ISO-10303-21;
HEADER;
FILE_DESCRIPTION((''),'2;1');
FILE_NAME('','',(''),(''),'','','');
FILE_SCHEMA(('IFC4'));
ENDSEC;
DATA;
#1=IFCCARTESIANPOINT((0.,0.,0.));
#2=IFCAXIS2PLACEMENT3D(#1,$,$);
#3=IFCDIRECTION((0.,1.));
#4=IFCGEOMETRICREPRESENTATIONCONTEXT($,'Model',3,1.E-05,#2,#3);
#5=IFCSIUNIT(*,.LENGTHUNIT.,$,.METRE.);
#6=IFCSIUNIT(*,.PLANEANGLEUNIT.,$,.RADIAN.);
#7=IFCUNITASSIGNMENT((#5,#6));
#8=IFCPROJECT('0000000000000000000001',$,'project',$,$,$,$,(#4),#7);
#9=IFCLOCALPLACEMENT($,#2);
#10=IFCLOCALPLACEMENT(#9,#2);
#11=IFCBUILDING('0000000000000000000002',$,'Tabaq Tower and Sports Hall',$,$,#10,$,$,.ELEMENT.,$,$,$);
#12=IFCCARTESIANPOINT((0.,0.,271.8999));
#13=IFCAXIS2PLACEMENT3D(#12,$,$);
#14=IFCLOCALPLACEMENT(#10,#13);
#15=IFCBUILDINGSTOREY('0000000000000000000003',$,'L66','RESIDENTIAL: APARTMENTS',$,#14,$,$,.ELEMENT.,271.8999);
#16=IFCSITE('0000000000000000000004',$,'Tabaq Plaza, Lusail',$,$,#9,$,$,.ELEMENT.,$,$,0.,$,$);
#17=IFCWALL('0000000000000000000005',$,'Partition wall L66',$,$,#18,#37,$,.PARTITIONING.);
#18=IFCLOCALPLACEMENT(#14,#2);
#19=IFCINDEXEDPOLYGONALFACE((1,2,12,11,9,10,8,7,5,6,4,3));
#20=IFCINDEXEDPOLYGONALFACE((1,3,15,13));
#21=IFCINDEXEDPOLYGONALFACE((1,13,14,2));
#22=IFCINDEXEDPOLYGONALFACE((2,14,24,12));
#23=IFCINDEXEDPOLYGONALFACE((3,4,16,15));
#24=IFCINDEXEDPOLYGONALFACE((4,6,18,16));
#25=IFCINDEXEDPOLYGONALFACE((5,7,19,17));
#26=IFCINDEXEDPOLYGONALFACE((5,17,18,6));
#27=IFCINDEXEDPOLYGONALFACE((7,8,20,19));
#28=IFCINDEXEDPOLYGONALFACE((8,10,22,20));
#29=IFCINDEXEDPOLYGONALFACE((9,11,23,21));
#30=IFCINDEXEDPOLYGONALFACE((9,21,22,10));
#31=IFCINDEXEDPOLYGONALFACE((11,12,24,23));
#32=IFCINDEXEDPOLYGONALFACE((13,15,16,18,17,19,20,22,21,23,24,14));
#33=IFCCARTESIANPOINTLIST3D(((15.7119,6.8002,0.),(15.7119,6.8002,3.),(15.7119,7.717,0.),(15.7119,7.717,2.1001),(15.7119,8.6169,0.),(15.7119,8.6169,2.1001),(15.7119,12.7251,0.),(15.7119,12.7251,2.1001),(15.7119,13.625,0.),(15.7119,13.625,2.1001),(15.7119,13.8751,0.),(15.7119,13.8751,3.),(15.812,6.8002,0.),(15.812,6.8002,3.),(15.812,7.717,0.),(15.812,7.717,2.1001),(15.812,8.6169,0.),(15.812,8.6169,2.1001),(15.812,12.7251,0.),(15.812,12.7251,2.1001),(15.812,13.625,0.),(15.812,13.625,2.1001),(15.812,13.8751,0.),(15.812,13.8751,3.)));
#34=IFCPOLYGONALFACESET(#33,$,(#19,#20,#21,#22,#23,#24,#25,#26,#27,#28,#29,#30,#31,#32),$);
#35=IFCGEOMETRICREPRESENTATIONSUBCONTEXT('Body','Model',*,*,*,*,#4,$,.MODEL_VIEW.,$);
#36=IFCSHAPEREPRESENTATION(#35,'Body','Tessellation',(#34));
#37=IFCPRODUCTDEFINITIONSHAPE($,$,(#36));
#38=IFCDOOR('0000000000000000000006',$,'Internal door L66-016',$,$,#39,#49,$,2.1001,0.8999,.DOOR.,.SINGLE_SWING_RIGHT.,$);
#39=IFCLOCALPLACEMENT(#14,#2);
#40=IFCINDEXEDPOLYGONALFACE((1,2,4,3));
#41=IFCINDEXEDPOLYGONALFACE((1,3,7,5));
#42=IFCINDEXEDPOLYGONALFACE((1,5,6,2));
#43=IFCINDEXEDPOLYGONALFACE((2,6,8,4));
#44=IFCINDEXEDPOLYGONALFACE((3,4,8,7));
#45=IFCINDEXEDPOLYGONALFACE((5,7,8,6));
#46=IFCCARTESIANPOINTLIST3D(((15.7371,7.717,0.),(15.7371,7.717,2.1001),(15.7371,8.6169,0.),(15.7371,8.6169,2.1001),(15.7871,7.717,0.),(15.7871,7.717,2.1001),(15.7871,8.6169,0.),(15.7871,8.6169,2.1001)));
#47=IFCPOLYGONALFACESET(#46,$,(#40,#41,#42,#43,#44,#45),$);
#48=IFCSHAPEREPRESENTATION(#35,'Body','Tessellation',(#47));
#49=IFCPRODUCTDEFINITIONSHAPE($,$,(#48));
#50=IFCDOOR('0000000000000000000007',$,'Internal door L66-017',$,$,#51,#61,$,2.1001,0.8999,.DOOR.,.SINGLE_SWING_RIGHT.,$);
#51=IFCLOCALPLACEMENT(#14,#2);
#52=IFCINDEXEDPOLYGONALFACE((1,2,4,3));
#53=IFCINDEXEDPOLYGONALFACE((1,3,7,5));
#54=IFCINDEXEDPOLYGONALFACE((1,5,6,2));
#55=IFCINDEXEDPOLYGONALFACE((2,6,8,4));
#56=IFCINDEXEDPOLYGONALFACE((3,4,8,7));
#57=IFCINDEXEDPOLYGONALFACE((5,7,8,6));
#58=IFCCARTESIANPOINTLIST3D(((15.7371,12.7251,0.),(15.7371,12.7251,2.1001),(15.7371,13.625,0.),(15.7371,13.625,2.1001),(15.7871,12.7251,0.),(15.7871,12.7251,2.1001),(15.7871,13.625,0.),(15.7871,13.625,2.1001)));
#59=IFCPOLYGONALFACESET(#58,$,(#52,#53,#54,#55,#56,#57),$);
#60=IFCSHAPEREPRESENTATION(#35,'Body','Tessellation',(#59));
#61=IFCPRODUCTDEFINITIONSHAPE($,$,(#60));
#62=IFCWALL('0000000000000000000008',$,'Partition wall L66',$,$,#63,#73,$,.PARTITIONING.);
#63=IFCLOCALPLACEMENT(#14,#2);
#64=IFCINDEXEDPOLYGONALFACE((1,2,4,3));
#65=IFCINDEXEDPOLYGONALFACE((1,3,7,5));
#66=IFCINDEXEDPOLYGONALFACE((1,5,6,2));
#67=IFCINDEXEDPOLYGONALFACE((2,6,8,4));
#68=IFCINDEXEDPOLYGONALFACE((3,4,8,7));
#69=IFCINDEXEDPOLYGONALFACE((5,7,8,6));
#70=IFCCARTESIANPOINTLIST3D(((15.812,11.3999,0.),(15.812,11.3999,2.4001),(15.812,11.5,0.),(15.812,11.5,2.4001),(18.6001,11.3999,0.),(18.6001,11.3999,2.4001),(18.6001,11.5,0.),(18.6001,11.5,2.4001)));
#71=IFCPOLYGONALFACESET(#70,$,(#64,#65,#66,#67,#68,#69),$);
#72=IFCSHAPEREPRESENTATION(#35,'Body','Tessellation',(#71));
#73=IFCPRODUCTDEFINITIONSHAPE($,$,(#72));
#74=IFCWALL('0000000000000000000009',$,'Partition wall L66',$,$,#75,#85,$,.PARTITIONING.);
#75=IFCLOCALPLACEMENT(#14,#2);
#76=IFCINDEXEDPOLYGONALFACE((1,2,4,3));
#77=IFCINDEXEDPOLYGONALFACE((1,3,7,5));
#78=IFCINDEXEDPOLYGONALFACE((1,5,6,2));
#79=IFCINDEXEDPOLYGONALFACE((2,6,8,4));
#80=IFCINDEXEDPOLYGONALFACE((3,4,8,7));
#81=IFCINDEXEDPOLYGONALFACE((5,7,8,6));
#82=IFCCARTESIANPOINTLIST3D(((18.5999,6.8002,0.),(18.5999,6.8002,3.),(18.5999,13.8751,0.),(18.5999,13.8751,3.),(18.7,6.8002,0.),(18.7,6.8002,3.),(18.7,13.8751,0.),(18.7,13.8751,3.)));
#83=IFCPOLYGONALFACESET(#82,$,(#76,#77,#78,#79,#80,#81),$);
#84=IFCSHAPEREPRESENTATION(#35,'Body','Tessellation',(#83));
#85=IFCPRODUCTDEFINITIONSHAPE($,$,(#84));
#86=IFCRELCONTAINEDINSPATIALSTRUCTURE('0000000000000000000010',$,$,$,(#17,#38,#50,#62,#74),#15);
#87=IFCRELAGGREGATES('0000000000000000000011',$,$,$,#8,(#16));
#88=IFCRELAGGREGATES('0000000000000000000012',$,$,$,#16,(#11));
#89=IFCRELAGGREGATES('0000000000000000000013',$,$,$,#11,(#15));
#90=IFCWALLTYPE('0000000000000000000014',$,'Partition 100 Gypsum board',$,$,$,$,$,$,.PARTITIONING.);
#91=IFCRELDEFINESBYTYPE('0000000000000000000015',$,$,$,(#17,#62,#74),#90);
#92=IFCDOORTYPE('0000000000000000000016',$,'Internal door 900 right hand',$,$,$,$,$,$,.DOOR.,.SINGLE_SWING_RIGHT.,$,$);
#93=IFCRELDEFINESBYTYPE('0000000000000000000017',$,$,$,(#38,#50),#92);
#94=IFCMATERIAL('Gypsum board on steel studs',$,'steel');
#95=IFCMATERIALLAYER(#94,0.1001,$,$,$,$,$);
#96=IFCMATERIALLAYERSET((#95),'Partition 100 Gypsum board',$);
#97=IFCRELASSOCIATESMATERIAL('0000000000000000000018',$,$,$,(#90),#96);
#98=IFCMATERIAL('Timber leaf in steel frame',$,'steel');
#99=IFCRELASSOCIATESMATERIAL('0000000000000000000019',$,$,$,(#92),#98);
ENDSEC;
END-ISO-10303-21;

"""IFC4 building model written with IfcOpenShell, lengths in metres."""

from ifc_helpers import new_model, si_unit, direction, frame, frame_2d, origin, place, context, subcontext, project, spatial, rectangle, extrude, material, layer, layer_set, type_object, element, fill, save


model = new_model("IFC4")

# Units and contexts
model_context = context("Model", 3, precision=1e-05, world=origin(), true_north=direction((0.0, 1.0)))
body_context = subcontext(model_context, "Body", "Model", "MODEL_VIEW")
ifc_project = project(units=[si_unit("LENGTHUNIT", "METRE"), si_unit("PLANEANGLEUNIT", "RADIAN")], contexts=[model_context])

# Site, building, storey
site_placement = place(None, origin())
site = spatial("IfcSite", under=ifc_project, at=site_placement, Name="Tabaq Plaza, Lusail", CompositionType="ELEMENT", RefElevation=0.0)
building_placement = place(site_placement, origin())
building = spatial("IfcBuilding", under=site, at=building_placement, Name="Tabaq Tower and Sports Hall", CompositionType="ELEMENT")
storey_placement = place(building_placement, frame((0.0, 0.0, 271.8999)))
storey = spatial("IfcBuildingStorey", under=building, at=storey_placement, Name="L66", Description="RESIDENTIAL: APARTMENTS", CompositionType="ELEMENT", Elevation=271.8999)

# Shared definitions
ifc_material_1 = material(Name="Gypsum board on steel studs", Category="steel")
ifc_layer = layer(ifc_material_1, 0.1001)
ifc_layer_set = layer_set([ifc_layer], Name="Partition 100 Gypsum board")
wall_type = type_object("IfcWallType", Name="Partition 100 Gypsum board", PredefinedType="PARTITIONING", material=ifc_layer_set)

# Wall, openings, doors
ifc_material_2 = material(Name="Timber leaf in steel frame", Category="steel")
door_type_1 = type_object("IfcDoorType", Name="Internal door 900 right hand", OperationType="SINGLE_SWING_RIGHT", PredefinedType="DOOR", material=ifc_material_2)
wall_1_placement = place(storey_placement, frame((15.762, 6.8, 0.0), z_axis=(0.0, 0.0, 1.0), x_axis=(0.0, 1.0, 0.0)))
wall_1 = element("IfcWall", 1, at=wall_1_placement, inside=storey, type_object=wall_type, Name="Partition wall L66", PredefinedType="PARTITIONING", context=body_context, shape_type="SweptSolid", body=[
    extrude(rectangle(XDim=7.075, YDim=0.1001, at=frame_2d((3.5376, 0.0))), origin(), (0.0, 0.0, 1.0), 3.0),
])
opening_1_placement = place(wall_1_placement, frame((0.917, 0.0, 0.0)))
opening_1 = element("IfcOpeningElement", 2, at=opening_1_placement, cuts=wall_1, PredefinedType="OPENING", context=body_context, shape_type="SweptSolid", body=[
    extrude(rectangle(XDim=0.8999, YDim=2.1001, at=frame_2d((0.45, 1.05))), frame((0.0, 0.05, 0.0), z_axis=(0.0, -1.0, 0.0), x_axis=(1.0, 0.0, 0.0)), (0.0, 0.0, 1.0), 0.1001),
])
opening_2_placement = place(wall_1_placement, frame((5.925, 0.0, 0.0)))
opening_2 = element("IfcOpeningElement", 3, at=opening_2_placement, cuts=wall_1, PredefinedType="OPENING", context=body_context, shape_type="SweptSolid", body=[
    extrude(rectangle(XDim=0.8999, YDim=2.1001, at=frame_2d((0.45, 1.05))), frame((0.0, 0.05, 0.0), z_axis=(0.0, -1.0, 0.0), x_axis=(1.0, 0.0, 0.0)), (0.0, 0.0, 1.0), 0.1001),
])
door_1_placement = place(opening_1_placement, origin())
door_1 = element("IfcDoor", 4, at=door_1_placement, inside=storey, type_object=door_type_1, Name="Internal door L66-016", OperationType="SINGLE_SWING_RIGHT", OverallHeight=2.1001, OverallWidth=0.8999, PredefinedType="DOOR", context=body_context, shape_type="SweptSolid", body=[
    extrude(rectangle(XDim=0.8999, YDim=2.1001, at=frame_2d((0.45, 1.05))), frame((0.0, 0.0249, 0.0), z_axis=(0.0, -1.0, 0.0), x_axis=(1.0, 0.0, 0.0)), (0.0, 0.0, 1.0), 0.05),
])
fill(opening_1, door_1)
door_2_placement = place(opening_2_placement, origin())
door_2 = element("IfcDoor", 5, at=door_2_placement, inside=storey, type_object=door_type_1, Name="Internal door L66-017", OperationType="SINGLE_SWING_RIGHT", OverallHeight=2.1001, OverallWidth=0.8999, PredefinedType="DOOR", context=body_context, shape_type="SweptSolid", body=[
    extrude(rectangle(XDim=0.8999, YDim=2.1001, at=frame_2d((0.45, 1.05))), frame((0.0, 0.0249, 0.0), z_axis=(0.0, -1.0, 0.0), x_axis=(1.0, 0.0, 0.0)), (0.0, 0.0, 1.0), 0.05),
])
fill(opening_2, door_2)

# Walls
wall_2_placement = place(storey_placement, frame((18.6001, 11.45, 0.0), z_axis=(0.0, 0.0, 1.0), x_axis=(-1.0, 0.0, 0.0)))
element("IfcWall", 6, at=wall_2_placement, inside=storey, type_object=wall_type, Name="Partition wall L66", PredefinedType="PARTITIONING", context=body_context, shape_type="SweptSolid", body=[
    extrude(rectangle(XDim=2.7881, YDim=0.1001, at=frame_2d((1.394, 0.0))), origin(), (0.0, 0.0, 1.0), 2.4001),
])
wall_3_placement = place(storey_placement, frame((18.6499, 6.8, 0.0), z_axis=(0.0, 0.0, 1.0), x_axis=(0.0, 1.0, 0.0)))
element("IfcWall", 7, at=wall_3_placement, inside=storey, type_object=wall_type, Name="Partition wall L66", PredefinedType="PARTITIONING", context=body_context, shape_type="SweptSolid", body=[
    extrude(rectangle(XDim=7.075, YDim=0.1001, at=frame_2d((3.5376, 0.0))), origin(), (0.0, 0.0, 1.0), 3.0),
])

save(model, "model.ifc")
